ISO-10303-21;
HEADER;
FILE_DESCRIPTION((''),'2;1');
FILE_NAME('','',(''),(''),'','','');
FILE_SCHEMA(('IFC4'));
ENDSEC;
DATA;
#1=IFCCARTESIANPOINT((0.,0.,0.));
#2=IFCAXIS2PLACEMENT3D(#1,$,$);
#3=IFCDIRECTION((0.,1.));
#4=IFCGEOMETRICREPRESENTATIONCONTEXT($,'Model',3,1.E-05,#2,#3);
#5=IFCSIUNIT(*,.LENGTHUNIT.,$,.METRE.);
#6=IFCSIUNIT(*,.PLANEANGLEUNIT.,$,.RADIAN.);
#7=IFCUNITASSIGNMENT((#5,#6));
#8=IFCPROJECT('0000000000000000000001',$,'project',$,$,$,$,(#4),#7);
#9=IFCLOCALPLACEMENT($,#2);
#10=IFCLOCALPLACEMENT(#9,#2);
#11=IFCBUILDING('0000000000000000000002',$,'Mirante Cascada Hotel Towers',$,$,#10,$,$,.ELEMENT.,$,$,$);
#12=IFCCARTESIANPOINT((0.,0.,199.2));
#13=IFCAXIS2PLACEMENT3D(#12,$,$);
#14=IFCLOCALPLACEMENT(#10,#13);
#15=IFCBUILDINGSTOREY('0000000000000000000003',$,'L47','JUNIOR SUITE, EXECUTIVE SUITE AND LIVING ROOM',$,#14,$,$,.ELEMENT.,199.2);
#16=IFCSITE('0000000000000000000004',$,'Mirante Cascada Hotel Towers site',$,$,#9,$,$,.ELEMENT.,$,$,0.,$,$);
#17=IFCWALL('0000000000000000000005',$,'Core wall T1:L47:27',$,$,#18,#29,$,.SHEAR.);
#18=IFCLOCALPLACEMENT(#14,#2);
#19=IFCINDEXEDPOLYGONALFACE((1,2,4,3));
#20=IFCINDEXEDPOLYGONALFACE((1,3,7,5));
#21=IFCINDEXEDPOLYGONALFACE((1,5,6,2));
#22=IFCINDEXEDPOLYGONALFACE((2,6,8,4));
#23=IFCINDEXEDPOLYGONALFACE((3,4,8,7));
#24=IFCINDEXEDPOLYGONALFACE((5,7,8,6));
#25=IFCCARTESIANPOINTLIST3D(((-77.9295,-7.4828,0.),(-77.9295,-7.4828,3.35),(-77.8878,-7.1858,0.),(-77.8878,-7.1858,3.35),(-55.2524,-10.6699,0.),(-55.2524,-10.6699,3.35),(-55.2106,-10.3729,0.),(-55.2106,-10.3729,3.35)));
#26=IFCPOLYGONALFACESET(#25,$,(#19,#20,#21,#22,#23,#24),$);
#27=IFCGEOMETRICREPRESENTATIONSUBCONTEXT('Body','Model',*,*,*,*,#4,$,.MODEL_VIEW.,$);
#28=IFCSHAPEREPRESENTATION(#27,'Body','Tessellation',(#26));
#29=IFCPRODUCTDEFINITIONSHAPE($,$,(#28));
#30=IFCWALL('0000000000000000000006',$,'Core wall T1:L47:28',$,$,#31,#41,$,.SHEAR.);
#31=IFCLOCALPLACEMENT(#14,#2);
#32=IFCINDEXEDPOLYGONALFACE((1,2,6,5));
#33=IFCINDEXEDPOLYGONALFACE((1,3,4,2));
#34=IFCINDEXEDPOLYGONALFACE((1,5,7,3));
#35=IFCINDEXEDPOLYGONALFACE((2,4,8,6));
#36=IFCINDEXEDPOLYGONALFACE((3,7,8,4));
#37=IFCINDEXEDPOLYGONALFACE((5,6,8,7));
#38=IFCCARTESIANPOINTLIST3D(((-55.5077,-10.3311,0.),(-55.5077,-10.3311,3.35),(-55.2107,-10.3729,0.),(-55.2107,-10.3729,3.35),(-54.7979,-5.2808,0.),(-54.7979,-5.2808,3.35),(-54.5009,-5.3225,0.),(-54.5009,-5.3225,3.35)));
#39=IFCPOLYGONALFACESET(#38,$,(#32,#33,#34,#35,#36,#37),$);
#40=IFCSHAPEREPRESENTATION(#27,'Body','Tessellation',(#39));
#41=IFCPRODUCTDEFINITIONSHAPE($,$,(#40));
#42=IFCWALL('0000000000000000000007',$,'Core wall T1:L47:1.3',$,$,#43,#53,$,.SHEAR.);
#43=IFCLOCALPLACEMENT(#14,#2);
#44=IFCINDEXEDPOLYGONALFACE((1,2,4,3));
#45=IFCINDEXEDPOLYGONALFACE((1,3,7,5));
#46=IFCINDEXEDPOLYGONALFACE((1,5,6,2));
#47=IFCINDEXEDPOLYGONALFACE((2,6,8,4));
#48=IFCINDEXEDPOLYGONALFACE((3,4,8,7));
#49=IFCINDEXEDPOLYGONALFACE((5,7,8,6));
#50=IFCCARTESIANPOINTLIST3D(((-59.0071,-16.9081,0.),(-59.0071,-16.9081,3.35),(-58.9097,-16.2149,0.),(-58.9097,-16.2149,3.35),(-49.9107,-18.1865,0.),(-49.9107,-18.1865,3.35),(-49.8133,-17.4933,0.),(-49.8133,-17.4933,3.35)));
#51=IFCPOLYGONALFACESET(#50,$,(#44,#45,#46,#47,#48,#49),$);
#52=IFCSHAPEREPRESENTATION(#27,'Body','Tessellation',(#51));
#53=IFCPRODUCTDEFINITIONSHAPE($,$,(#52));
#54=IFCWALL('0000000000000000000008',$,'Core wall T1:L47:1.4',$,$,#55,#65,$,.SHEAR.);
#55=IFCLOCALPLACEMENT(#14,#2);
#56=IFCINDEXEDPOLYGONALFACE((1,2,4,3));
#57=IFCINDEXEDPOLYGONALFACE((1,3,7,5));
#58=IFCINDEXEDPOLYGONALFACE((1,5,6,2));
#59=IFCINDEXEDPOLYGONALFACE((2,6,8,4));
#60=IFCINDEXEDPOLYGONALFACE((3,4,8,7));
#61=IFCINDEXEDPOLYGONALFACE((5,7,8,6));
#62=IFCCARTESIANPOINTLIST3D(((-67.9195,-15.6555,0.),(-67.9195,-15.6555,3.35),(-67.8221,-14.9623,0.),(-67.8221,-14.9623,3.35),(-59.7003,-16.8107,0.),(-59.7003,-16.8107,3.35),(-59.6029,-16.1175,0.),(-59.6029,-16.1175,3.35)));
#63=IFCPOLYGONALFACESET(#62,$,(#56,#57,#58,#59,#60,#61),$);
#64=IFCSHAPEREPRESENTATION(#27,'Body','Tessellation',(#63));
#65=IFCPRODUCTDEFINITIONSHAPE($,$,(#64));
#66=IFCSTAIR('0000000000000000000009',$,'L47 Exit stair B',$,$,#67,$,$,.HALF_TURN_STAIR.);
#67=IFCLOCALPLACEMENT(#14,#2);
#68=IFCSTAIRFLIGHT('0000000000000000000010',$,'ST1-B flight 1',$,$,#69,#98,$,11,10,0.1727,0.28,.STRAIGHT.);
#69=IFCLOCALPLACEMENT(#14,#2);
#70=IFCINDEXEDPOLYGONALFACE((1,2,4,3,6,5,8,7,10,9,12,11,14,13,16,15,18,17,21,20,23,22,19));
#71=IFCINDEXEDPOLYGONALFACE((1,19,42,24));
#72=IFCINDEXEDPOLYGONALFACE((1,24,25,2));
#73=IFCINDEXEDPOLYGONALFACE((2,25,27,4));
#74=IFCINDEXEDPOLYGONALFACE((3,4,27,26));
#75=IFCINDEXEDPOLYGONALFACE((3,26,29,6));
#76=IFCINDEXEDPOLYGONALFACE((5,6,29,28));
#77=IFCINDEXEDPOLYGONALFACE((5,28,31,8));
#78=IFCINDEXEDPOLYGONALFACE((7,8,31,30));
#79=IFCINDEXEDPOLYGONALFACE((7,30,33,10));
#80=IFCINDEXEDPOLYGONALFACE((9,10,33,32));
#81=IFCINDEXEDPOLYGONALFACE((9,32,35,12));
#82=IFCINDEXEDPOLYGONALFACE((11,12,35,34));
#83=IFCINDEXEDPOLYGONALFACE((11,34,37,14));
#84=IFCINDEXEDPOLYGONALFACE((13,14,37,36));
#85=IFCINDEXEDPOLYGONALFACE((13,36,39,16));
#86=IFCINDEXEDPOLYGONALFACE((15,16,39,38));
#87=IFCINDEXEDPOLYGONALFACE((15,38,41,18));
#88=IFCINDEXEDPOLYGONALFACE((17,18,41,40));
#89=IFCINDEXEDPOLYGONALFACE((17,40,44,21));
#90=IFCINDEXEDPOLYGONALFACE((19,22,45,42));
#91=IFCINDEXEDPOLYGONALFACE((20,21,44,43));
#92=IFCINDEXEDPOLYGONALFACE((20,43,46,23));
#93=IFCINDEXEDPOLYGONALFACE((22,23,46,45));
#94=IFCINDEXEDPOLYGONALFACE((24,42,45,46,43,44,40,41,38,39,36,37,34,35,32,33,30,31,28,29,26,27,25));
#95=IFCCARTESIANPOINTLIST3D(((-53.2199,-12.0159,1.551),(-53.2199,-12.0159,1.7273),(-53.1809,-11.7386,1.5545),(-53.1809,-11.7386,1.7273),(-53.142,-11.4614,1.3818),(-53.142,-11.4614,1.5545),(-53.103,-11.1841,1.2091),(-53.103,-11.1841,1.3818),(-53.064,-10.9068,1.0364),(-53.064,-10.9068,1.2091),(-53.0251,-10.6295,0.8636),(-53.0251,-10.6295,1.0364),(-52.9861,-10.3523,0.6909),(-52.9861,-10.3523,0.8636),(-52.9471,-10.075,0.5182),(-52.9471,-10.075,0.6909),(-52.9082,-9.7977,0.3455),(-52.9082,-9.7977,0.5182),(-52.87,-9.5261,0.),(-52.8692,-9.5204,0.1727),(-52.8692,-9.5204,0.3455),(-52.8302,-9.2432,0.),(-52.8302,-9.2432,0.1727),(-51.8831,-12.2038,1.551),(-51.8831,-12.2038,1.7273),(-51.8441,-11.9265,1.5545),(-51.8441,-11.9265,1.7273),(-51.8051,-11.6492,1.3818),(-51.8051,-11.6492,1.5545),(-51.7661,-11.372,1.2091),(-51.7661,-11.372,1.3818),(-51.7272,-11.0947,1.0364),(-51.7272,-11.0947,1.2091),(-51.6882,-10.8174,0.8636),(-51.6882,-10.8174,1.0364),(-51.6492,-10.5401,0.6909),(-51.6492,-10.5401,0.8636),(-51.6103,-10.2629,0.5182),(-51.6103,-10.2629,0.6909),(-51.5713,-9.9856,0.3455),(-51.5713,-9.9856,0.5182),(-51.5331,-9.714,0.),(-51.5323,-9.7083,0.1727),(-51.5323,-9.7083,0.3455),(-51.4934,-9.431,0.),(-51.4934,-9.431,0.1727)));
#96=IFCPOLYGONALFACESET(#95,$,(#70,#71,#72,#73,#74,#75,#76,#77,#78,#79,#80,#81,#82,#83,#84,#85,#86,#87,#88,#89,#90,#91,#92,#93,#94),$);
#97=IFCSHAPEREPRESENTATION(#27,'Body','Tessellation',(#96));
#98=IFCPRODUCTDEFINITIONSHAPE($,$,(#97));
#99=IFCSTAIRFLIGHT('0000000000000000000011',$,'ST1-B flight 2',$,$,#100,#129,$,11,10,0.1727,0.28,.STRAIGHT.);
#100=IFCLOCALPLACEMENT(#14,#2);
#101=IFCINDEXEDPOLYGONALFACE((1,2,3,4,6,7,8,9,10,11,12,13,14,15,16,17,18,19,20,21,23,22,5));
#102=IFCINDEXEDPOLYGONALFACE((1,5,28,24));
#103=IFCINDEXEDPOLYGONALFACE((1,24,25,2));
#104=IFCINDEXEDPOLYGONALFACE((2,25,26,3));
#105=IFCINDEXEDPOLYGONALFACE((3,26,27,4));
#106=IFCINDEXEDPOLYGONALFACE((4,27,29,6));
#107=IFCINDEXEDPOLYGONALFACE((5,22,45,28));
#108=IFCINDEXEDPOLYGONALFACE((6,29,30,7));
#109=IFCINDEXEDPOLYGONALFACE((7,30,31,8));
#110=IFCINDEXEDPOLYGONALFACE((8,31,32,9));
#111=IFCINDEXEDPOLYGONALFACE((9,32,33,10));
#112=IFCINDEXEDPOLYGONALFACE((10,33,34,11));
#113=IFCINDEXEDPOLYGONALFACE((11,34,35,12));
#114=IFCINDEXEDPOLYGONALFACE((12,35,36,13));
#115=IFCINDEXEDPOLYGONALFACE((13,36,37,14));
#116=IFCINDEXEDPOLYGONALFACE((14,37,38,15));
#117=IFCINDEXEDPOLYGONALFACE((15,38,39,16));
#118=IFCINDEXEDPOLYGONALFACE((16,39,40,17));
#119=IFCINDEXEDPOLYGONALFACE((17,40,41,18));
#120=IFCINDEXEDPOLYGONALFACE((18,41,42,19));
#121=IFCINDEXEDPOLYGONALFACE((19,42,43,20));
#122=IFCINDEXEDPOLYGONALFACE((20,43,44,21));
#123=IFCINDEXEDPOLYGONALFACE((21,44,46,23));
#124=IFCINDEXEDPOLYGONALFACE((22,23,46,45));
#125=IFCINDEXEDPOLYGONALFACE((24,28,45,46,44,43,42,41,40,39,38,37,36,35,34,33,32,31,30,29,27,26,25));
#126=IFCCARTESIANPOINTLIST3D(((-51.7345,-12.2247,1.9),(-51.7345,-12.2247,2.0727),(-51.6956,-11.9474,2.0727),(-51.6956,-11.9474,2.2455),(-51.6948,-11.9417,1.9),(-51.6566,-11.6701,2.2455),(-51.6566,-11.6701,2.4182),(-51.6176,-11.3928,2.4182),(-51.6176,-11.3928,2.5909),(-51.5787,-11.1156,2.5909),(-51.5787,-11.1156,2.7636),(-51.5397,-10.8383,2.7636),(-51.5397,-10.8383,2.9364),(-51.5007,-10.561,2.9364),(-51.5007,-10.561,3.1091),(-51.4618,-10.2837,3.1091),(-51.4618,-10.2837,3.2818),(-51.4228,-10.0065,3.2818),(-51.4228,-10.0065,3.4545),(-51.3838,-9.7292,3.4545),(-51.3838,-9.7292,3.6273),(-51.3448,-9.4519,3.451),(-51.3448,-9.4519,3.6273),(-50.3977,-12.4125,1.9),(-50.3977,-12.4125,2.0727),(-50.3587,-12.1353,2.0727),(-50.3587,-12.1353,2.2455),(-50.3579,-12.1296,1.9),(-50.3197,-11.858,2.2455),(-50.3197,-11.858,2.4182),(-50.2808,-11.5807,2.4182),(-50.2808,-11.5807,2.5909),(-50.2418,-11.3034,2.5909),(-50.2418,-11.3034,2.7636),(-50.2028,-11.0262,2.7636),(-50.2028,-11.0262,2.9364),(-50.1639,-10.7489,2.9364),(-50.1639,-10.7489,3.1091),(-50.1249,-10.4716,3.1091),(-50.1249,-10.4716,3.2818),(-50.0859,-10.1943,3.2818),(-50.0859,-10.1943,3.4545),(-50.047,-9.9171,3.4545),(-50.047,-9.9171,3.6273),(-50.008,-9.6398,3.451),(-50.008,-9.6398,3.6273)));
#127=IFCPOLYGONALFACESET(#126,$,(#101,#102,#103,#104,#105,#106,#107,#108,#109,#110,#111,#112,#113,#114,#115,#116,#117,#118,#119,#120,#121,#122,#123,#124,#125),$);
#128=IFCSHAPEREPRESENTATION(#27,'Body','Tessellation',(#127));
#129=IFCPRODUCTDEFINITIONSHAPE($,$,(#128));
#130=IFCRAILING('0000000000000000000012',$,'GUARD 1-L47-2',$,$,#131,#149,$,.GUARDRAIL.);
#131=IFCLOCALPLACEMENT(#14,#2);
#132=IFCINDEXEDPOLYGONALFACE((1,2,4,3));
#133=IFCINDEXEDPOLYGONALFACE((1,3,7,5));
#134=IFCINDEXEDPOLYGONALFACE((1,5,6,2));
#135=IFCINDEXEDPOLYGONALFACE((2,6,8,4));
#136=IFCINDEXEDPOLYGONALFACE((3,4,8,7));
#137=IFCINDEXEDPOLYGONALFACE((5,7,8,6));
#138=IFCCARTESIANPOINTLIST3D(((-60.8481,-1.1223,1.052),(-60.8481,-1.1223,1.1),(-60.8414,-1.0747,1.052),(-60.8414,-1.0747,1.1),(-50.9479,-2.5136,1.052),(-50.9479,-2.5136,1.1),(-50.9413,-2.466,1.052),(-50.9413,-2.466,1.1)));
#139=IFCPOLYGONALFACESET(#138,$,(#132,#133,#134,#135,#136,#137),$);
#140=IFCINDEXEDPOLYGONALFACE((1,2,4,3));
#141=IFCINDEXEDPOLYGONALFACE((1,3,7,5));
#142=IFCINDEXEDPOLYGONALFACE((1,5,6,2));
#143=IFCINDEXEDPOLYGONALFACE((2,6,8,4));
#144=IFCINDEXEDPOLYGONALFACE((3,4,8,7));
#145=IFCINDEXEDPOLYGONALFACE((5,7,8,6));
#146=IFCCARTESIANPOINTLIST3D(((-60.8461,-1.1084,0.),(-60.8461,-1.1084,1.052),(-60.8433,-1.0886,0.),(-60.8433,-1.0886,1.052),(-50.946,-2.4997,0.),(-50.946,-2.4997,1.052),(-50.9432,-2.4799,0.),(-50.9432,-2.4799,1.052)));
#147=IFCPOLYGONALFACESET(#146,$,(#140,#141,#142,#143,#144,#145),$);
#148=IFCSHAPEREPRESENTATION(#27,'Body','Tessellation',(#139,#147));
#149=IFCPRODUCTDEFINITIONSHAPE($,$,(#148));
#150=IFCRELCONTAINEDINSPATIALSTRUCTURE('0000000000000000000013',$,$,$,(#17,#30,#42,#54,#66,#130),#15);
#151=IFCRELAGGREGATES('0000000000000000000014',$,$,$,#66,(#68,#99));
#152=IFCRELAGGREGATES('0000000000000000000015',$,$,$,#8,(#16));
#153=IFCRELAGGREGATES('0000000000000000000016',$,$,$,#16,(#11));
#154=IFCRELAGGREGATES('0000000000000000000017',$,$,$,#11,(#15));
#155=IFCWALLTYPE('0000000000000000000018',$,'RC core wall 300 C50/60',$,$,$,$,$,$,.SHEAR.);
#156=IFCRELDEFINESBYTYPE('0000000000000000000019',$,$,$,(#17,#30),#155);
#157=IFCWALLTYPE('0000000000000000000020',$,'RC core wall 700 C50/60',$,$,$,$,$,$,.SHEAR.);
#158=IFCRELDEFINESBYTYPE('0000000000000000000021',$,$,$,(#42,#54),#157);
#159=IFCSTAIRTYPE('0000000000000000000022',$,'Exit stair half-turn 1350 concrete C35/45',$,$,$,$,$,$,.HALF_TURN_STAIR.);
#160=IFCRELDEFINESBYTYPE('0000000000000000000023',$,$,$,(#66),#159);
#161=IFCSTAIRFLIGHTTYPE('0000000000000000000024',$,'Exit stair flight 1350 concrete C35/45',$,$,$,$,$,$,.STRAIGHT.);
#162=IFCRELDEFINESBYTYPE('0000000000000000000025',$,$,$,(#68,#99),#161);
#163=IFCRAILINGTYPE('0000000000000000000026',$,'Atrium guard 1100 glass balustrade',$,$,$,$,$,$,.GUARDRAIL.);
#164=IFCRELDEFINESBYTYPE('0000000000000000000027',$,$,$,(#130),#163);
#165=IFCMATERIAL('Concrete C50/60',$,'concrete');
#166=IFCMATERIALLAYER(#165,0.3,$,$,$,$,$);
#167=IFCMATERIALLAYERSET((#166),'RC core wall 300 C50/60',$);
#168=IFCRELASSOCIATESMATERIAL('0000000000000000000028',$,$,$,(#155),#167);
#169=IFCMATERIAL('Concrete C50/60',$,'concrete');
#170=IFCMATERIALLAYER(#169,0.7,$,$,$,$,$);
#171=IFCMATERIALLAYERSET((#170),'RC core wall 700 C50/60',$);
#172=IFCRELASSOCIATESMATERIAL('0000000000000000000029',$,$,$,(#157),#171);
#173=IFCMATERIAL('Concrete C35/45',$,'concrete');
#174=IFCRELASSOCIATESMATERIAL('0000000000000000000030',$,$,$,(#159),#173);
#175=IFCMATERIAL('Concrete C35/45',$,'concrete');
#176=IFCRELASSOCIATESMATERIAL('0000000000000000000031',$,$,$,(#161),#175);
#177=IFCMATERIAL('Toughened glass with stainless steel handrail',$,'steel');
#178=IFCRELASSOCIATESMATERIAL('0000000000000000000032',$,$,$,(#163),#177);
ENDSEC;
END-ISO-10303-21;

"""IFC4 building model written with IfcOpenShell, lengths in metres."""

from ifc_helpers import new_model, si_unit, direction, frame, frame_2d, origin, origin_2d, place, context, subcontext, project, spatial, polyline, rectangle, outline, extrude, material, layer, layer_set, type_object, element, aggregate, save


model = new_model("IFC4")

# Units and contexts
model_context = context("Model", 3, precision=1e-05, world=origin(), true_north=direction((0.0, 1.0)))
body_context = subcontext(model_context, "Body", "Model", "MODEL_VIEW")
ifc_project = project(units=[si_unit("LENGTHUNIT", "METRE"), si_unit("PLANEANGLEUNIT", "RADIAN")], contexts=[model_context])

# Site, building, storey
site_placement = place(None, origin())
site = spatial("IfcSite", under=ifc_project, at=site_placement, Name="Mirante Cascada Hotel Towers site", CompositionType="ELEMENT", RefElevation=0.0)
building_placement = place(site_placement, origin())
building = spatial("IfcBuilding", under=site, at=building_placement, Name="Mirante Cascada Hotel Towers", CompositionType="ELEMENT")
storey_placement = place(building_placement, frame((0.0, 0.0, 199.2)))
storey = spatial("IfcBuildingStorey", under=building, at=storey_placement, Name="L47", Description="JUNIOR SUITE, EXECUTIVE SUITE AND LIVING ROOM", CompositionType="ELEMENT", Elevation=199.2)

# Shared definitions
ifc_material_1 = material(Name="Concrete C50/60", Category="concrete")
ifc_layer_1 = layer(ifc_material_1, 0.3)
ifc_layer_set_1 = layer_set([ifc_layer_1], Name="RC core wall 300 C50/60")
wall_type_1 = type_object("IfcWallType", Name="RC core wall 300 C50/60", PredefinedType="SHEAR", material=ifc_layer_set_1)

# Walls
wall_1_placement = place(storey_placement, frame((-55.2315, -10.5214, 0.0), z_axis=(0.0, 0.0, 1.0), x_axis=(-0.990268, 0.139175, 0.0)))
element("IfcWall", 1, at=wall_1_placement, inside=storey, type_object=wall_type_1, Name="Core wall T1:L47:27", PredefinedType="SHEAR", context=body_context, shape_type="SweptSolid", body=[
    extrude(rectangle(XDim=22.9, YDim=0.3, at=frame_2d((11.45, 0.0))), origin(), (0.0, 0.0, 1.0), 3.35),
])
wall_2_placement = place(storey_placement, frame((-55.3592, -10.352, 0.0), z_axis=(0.0, 0.0, 1.0), x_axis=(0.139176, 0.990268, 0.0)))
element("IfcWall", 2, at=wall_2_placement, inside=storey, type_object=wall_type_1, Name="Core wall T1:L47:28", PredefinedType="SHEAR", context=body_context, shape_type="SweptSolid", body=[
    extrude(rectangle(XDim=5.1, YDim=0.3, at=frame_2d((2.55, 0.0))), origin(), (0.0, 0.0, 1.0), 3.35),
])
ifc_material_2 = material(Name="Concrete C50/60", Category="concrete")
ifc_layer_2 = layer(ifc_material_2, 0.7)
ifc_layer_set_2 = layer_set([ifc_layer_2], Name="RC core wall 700 C50/60")
wall_type_2 = type_object("IfcWallType", Name="RC core wall 700 C50/60", PredefinedType="SHEAR", material=ifc_layer_set_2)
wall_3_placement = place(storey_placement, frame((-49.862, -17.8399, 0.0), z_axis=(0.0, 0.0, 1.0), x_axis=(-0.990268, 0.139171, 0.0)))
element("IfcWall", 3, at=wall_3_placement, inside=storey, type_object=wall_type_2, Name="Core wall T1:L47:1.3", PredefinedType="SHEAR", context=body_context, shape_type="SweptSolid", body=[
    extrude(rectangle(XDim=9.1858, YDim=0.7, at=frame_2d((4.5929, 0.0))), origin(), (0.0, 0.0, 1.0), 3.35),
])
wall_4_placement = place(storey_placement, frame((-59.6516, -16.4641, 0.0), z_axis=(0.0, 0.0, 1.0), x_axis=(-0.990267, 0.139181, 0.0)))
element("IfcWall", 4, at=wall_4_placement, inside=storey, type_object=wall_type_2, Name="Core wall T1:L47:1.4", PredefinedType="SHEAR", context=body_context, shape_type="SweptSolid", body=[
    extrude(rectangle(XDim=8.3, YDim=0.7, at=frame_2d((4.15, 0.0))), origin(), (0.0, 0.0, 1.0), 3.35),
])

# Stair, stair flights
ifc_material_3 = material(Name="Concrete C35/45", Category="concrete")
stair_type = type_object("IfcStairType", Name="Exit stair half-turn 1350 concrete C35/45", PredefinedType="HALF_TURN_STAIR", material=ifc_material_3)
stair_placement = place(storey_placement, origin())
stair = element("IfcStair", 5, at=stair_placement, inside=storey, type_object=stair_type, Name="L47 Exit stair B", PredefinedType="HALF_TURN_STAIR")
ifc_material_4 = material(Name="Concrete C35/45", Category="concrete")
stair_flight_type = type_object("IfcStairFlightType", Name="Exit stair flight 1350 concrete C35/45", PredefinedType="STRAIGHT", material=ifc_material_4)
stair_flight_1_placement = place(storey_placement, frame((-52.1618, -9.3371, 0.0), z_axis=(0.0, 0.0, 1.0), x_axis=(-0.139173, -0.990268, 0.0)))
stair_flight_1 = element("IfcStairFlight", 6, at=stair_flight_1_placement, type_object=stair_flight_type, Name="ST1-B flight 1", NumberOfRisers=11, NumberOfTreads=10, PredefinedType="STRAIGHT", RiserHeight=0.1727, TreadLength=0.28, context=body_context, shape_type="SweptSolid", body=[
    extrude(outline(polyline([(0.0, 0.0), (0.0, 0.1727), (0.28, 0.1727), (0.28, 0.3455), (0.56, 0.3455), (0.56, 0.5182), (0.84, 0.5182), (0.84, 0.6909), (1.12, 0.6909), (1.12, 0.8636), (1.4, 0.8636), (1.4, 1.0364), (1.68, 1.0364), (1.68, 1.2091), (1.96, 1.2091), (1.96, 1.3818), (2.24, 1.3818), (2.24, 1.5545), (2.52, 1.5545), (2.52, 1.7273), (2.8, 1.7273), (2.8, 1.9), (2.8, 1.551), (0.2857, 0.0), (0.0, 0.0)])), frame((0.0, 0.675, 0.0), z_axis=(0.0, -1.0, 0.0), x_axis=(1.0, 0.0, 0.0)), (0.0, 0.0, 1.0), 1.35),
])
stair_flight_2_placement = place(storey_placement, frame((-51.0661, -12.3186, 1.9), z_axis=(0.0, 0.0, 1.0), x_axis=(0.139173, 0.990268, 0.0)))
stair_flight_2 = element("IfcStairFlight", 7, at=stair_flight_2_placement, type_object=stair_flight_type, Name="ST1-B flight 2", NumberOfRisers=11, NumberOfTreads=10, PredefinedType="STRAIGHT", RiserHeight=0.1727, TreadLength=0.28, context=body_context, shape_type="SweptSolid", body=[
    extrude(outline(polyline([(0.0, 0.0), (0.0, 0.1727), (0.28, 0.1727), (0.28, 0.3455), (0.56, 0.3455), (0.56, 0.5182), (0.84, 0.5182), (0.84, 0.6909), (1.12, 0.6909), (1.12, 0.8636), (1.4, 0.8636), (1.4, 1.0364), (1.68, 1.0364), (1.68, 1.2091), (1.96, 1.2091), (1.96, 1.3818), (2.24, 1.3818), (2.24, 1.5545), (2.52, 1.5545), (2.52, 1.7273), (2.8, 1.7273), (2.8, 1.9), (2.8, 1.551), (0.2857, 0.0), (0.0, 0.0)])), frame((0.0, 0.675, 0.0), z_axis=(0.0, -1.0, 0.0), x_axis=(1.0, 0.0, 0.0)), (0.0, 0.0, 1.0), 1.35),
])
aggregate(stair, [stair_flight_1, stair_flight_2])

# Railing
ifc_material_5 = material(Name="Toughened glass with stainless steel handrail", Category="steel")
railing_type_1 = type_object("IfcRailingType", Name="Atrium guard 1100 glass balustrade", PredefinedType="GUARDRAIL", material=ifc_material_5)
railing_1_placement = place(storey_placement, frame((-50.9446, -2.4898, 0.0)))
element("IfcRailing", 8, at=railing_1_placement, inside=storey, type_object=railing_type_1, Name="GUARD 1-L47-2", PredefinedType="GUARDRAIL", context=body_context, shape_type="SweptSolid", body=[
    extrude(rectangle(XDim=0.048, YDim=0.048, at=origin_2d()), frame((0.0, 0.0, 1.076), z_axis=(-0.990269, 0.139166, 0.0), x_axis=(-0.139166, -0.990269, 0.0)), (0.0, 0.0, 1.0), 9.9974),
    extrude(rectangle(XDim=0.02, YDim=1.052, at=origin_2d()), frame((0.0, 0.0, 0.526), z_axis=(-0.990269, 0.139166, 0.0), x_axis=(-0.139166, -0.990269, 0.0)), (0.0, 0.0, 1.0), 9.9974),
])

save(model, "model.ifc")
